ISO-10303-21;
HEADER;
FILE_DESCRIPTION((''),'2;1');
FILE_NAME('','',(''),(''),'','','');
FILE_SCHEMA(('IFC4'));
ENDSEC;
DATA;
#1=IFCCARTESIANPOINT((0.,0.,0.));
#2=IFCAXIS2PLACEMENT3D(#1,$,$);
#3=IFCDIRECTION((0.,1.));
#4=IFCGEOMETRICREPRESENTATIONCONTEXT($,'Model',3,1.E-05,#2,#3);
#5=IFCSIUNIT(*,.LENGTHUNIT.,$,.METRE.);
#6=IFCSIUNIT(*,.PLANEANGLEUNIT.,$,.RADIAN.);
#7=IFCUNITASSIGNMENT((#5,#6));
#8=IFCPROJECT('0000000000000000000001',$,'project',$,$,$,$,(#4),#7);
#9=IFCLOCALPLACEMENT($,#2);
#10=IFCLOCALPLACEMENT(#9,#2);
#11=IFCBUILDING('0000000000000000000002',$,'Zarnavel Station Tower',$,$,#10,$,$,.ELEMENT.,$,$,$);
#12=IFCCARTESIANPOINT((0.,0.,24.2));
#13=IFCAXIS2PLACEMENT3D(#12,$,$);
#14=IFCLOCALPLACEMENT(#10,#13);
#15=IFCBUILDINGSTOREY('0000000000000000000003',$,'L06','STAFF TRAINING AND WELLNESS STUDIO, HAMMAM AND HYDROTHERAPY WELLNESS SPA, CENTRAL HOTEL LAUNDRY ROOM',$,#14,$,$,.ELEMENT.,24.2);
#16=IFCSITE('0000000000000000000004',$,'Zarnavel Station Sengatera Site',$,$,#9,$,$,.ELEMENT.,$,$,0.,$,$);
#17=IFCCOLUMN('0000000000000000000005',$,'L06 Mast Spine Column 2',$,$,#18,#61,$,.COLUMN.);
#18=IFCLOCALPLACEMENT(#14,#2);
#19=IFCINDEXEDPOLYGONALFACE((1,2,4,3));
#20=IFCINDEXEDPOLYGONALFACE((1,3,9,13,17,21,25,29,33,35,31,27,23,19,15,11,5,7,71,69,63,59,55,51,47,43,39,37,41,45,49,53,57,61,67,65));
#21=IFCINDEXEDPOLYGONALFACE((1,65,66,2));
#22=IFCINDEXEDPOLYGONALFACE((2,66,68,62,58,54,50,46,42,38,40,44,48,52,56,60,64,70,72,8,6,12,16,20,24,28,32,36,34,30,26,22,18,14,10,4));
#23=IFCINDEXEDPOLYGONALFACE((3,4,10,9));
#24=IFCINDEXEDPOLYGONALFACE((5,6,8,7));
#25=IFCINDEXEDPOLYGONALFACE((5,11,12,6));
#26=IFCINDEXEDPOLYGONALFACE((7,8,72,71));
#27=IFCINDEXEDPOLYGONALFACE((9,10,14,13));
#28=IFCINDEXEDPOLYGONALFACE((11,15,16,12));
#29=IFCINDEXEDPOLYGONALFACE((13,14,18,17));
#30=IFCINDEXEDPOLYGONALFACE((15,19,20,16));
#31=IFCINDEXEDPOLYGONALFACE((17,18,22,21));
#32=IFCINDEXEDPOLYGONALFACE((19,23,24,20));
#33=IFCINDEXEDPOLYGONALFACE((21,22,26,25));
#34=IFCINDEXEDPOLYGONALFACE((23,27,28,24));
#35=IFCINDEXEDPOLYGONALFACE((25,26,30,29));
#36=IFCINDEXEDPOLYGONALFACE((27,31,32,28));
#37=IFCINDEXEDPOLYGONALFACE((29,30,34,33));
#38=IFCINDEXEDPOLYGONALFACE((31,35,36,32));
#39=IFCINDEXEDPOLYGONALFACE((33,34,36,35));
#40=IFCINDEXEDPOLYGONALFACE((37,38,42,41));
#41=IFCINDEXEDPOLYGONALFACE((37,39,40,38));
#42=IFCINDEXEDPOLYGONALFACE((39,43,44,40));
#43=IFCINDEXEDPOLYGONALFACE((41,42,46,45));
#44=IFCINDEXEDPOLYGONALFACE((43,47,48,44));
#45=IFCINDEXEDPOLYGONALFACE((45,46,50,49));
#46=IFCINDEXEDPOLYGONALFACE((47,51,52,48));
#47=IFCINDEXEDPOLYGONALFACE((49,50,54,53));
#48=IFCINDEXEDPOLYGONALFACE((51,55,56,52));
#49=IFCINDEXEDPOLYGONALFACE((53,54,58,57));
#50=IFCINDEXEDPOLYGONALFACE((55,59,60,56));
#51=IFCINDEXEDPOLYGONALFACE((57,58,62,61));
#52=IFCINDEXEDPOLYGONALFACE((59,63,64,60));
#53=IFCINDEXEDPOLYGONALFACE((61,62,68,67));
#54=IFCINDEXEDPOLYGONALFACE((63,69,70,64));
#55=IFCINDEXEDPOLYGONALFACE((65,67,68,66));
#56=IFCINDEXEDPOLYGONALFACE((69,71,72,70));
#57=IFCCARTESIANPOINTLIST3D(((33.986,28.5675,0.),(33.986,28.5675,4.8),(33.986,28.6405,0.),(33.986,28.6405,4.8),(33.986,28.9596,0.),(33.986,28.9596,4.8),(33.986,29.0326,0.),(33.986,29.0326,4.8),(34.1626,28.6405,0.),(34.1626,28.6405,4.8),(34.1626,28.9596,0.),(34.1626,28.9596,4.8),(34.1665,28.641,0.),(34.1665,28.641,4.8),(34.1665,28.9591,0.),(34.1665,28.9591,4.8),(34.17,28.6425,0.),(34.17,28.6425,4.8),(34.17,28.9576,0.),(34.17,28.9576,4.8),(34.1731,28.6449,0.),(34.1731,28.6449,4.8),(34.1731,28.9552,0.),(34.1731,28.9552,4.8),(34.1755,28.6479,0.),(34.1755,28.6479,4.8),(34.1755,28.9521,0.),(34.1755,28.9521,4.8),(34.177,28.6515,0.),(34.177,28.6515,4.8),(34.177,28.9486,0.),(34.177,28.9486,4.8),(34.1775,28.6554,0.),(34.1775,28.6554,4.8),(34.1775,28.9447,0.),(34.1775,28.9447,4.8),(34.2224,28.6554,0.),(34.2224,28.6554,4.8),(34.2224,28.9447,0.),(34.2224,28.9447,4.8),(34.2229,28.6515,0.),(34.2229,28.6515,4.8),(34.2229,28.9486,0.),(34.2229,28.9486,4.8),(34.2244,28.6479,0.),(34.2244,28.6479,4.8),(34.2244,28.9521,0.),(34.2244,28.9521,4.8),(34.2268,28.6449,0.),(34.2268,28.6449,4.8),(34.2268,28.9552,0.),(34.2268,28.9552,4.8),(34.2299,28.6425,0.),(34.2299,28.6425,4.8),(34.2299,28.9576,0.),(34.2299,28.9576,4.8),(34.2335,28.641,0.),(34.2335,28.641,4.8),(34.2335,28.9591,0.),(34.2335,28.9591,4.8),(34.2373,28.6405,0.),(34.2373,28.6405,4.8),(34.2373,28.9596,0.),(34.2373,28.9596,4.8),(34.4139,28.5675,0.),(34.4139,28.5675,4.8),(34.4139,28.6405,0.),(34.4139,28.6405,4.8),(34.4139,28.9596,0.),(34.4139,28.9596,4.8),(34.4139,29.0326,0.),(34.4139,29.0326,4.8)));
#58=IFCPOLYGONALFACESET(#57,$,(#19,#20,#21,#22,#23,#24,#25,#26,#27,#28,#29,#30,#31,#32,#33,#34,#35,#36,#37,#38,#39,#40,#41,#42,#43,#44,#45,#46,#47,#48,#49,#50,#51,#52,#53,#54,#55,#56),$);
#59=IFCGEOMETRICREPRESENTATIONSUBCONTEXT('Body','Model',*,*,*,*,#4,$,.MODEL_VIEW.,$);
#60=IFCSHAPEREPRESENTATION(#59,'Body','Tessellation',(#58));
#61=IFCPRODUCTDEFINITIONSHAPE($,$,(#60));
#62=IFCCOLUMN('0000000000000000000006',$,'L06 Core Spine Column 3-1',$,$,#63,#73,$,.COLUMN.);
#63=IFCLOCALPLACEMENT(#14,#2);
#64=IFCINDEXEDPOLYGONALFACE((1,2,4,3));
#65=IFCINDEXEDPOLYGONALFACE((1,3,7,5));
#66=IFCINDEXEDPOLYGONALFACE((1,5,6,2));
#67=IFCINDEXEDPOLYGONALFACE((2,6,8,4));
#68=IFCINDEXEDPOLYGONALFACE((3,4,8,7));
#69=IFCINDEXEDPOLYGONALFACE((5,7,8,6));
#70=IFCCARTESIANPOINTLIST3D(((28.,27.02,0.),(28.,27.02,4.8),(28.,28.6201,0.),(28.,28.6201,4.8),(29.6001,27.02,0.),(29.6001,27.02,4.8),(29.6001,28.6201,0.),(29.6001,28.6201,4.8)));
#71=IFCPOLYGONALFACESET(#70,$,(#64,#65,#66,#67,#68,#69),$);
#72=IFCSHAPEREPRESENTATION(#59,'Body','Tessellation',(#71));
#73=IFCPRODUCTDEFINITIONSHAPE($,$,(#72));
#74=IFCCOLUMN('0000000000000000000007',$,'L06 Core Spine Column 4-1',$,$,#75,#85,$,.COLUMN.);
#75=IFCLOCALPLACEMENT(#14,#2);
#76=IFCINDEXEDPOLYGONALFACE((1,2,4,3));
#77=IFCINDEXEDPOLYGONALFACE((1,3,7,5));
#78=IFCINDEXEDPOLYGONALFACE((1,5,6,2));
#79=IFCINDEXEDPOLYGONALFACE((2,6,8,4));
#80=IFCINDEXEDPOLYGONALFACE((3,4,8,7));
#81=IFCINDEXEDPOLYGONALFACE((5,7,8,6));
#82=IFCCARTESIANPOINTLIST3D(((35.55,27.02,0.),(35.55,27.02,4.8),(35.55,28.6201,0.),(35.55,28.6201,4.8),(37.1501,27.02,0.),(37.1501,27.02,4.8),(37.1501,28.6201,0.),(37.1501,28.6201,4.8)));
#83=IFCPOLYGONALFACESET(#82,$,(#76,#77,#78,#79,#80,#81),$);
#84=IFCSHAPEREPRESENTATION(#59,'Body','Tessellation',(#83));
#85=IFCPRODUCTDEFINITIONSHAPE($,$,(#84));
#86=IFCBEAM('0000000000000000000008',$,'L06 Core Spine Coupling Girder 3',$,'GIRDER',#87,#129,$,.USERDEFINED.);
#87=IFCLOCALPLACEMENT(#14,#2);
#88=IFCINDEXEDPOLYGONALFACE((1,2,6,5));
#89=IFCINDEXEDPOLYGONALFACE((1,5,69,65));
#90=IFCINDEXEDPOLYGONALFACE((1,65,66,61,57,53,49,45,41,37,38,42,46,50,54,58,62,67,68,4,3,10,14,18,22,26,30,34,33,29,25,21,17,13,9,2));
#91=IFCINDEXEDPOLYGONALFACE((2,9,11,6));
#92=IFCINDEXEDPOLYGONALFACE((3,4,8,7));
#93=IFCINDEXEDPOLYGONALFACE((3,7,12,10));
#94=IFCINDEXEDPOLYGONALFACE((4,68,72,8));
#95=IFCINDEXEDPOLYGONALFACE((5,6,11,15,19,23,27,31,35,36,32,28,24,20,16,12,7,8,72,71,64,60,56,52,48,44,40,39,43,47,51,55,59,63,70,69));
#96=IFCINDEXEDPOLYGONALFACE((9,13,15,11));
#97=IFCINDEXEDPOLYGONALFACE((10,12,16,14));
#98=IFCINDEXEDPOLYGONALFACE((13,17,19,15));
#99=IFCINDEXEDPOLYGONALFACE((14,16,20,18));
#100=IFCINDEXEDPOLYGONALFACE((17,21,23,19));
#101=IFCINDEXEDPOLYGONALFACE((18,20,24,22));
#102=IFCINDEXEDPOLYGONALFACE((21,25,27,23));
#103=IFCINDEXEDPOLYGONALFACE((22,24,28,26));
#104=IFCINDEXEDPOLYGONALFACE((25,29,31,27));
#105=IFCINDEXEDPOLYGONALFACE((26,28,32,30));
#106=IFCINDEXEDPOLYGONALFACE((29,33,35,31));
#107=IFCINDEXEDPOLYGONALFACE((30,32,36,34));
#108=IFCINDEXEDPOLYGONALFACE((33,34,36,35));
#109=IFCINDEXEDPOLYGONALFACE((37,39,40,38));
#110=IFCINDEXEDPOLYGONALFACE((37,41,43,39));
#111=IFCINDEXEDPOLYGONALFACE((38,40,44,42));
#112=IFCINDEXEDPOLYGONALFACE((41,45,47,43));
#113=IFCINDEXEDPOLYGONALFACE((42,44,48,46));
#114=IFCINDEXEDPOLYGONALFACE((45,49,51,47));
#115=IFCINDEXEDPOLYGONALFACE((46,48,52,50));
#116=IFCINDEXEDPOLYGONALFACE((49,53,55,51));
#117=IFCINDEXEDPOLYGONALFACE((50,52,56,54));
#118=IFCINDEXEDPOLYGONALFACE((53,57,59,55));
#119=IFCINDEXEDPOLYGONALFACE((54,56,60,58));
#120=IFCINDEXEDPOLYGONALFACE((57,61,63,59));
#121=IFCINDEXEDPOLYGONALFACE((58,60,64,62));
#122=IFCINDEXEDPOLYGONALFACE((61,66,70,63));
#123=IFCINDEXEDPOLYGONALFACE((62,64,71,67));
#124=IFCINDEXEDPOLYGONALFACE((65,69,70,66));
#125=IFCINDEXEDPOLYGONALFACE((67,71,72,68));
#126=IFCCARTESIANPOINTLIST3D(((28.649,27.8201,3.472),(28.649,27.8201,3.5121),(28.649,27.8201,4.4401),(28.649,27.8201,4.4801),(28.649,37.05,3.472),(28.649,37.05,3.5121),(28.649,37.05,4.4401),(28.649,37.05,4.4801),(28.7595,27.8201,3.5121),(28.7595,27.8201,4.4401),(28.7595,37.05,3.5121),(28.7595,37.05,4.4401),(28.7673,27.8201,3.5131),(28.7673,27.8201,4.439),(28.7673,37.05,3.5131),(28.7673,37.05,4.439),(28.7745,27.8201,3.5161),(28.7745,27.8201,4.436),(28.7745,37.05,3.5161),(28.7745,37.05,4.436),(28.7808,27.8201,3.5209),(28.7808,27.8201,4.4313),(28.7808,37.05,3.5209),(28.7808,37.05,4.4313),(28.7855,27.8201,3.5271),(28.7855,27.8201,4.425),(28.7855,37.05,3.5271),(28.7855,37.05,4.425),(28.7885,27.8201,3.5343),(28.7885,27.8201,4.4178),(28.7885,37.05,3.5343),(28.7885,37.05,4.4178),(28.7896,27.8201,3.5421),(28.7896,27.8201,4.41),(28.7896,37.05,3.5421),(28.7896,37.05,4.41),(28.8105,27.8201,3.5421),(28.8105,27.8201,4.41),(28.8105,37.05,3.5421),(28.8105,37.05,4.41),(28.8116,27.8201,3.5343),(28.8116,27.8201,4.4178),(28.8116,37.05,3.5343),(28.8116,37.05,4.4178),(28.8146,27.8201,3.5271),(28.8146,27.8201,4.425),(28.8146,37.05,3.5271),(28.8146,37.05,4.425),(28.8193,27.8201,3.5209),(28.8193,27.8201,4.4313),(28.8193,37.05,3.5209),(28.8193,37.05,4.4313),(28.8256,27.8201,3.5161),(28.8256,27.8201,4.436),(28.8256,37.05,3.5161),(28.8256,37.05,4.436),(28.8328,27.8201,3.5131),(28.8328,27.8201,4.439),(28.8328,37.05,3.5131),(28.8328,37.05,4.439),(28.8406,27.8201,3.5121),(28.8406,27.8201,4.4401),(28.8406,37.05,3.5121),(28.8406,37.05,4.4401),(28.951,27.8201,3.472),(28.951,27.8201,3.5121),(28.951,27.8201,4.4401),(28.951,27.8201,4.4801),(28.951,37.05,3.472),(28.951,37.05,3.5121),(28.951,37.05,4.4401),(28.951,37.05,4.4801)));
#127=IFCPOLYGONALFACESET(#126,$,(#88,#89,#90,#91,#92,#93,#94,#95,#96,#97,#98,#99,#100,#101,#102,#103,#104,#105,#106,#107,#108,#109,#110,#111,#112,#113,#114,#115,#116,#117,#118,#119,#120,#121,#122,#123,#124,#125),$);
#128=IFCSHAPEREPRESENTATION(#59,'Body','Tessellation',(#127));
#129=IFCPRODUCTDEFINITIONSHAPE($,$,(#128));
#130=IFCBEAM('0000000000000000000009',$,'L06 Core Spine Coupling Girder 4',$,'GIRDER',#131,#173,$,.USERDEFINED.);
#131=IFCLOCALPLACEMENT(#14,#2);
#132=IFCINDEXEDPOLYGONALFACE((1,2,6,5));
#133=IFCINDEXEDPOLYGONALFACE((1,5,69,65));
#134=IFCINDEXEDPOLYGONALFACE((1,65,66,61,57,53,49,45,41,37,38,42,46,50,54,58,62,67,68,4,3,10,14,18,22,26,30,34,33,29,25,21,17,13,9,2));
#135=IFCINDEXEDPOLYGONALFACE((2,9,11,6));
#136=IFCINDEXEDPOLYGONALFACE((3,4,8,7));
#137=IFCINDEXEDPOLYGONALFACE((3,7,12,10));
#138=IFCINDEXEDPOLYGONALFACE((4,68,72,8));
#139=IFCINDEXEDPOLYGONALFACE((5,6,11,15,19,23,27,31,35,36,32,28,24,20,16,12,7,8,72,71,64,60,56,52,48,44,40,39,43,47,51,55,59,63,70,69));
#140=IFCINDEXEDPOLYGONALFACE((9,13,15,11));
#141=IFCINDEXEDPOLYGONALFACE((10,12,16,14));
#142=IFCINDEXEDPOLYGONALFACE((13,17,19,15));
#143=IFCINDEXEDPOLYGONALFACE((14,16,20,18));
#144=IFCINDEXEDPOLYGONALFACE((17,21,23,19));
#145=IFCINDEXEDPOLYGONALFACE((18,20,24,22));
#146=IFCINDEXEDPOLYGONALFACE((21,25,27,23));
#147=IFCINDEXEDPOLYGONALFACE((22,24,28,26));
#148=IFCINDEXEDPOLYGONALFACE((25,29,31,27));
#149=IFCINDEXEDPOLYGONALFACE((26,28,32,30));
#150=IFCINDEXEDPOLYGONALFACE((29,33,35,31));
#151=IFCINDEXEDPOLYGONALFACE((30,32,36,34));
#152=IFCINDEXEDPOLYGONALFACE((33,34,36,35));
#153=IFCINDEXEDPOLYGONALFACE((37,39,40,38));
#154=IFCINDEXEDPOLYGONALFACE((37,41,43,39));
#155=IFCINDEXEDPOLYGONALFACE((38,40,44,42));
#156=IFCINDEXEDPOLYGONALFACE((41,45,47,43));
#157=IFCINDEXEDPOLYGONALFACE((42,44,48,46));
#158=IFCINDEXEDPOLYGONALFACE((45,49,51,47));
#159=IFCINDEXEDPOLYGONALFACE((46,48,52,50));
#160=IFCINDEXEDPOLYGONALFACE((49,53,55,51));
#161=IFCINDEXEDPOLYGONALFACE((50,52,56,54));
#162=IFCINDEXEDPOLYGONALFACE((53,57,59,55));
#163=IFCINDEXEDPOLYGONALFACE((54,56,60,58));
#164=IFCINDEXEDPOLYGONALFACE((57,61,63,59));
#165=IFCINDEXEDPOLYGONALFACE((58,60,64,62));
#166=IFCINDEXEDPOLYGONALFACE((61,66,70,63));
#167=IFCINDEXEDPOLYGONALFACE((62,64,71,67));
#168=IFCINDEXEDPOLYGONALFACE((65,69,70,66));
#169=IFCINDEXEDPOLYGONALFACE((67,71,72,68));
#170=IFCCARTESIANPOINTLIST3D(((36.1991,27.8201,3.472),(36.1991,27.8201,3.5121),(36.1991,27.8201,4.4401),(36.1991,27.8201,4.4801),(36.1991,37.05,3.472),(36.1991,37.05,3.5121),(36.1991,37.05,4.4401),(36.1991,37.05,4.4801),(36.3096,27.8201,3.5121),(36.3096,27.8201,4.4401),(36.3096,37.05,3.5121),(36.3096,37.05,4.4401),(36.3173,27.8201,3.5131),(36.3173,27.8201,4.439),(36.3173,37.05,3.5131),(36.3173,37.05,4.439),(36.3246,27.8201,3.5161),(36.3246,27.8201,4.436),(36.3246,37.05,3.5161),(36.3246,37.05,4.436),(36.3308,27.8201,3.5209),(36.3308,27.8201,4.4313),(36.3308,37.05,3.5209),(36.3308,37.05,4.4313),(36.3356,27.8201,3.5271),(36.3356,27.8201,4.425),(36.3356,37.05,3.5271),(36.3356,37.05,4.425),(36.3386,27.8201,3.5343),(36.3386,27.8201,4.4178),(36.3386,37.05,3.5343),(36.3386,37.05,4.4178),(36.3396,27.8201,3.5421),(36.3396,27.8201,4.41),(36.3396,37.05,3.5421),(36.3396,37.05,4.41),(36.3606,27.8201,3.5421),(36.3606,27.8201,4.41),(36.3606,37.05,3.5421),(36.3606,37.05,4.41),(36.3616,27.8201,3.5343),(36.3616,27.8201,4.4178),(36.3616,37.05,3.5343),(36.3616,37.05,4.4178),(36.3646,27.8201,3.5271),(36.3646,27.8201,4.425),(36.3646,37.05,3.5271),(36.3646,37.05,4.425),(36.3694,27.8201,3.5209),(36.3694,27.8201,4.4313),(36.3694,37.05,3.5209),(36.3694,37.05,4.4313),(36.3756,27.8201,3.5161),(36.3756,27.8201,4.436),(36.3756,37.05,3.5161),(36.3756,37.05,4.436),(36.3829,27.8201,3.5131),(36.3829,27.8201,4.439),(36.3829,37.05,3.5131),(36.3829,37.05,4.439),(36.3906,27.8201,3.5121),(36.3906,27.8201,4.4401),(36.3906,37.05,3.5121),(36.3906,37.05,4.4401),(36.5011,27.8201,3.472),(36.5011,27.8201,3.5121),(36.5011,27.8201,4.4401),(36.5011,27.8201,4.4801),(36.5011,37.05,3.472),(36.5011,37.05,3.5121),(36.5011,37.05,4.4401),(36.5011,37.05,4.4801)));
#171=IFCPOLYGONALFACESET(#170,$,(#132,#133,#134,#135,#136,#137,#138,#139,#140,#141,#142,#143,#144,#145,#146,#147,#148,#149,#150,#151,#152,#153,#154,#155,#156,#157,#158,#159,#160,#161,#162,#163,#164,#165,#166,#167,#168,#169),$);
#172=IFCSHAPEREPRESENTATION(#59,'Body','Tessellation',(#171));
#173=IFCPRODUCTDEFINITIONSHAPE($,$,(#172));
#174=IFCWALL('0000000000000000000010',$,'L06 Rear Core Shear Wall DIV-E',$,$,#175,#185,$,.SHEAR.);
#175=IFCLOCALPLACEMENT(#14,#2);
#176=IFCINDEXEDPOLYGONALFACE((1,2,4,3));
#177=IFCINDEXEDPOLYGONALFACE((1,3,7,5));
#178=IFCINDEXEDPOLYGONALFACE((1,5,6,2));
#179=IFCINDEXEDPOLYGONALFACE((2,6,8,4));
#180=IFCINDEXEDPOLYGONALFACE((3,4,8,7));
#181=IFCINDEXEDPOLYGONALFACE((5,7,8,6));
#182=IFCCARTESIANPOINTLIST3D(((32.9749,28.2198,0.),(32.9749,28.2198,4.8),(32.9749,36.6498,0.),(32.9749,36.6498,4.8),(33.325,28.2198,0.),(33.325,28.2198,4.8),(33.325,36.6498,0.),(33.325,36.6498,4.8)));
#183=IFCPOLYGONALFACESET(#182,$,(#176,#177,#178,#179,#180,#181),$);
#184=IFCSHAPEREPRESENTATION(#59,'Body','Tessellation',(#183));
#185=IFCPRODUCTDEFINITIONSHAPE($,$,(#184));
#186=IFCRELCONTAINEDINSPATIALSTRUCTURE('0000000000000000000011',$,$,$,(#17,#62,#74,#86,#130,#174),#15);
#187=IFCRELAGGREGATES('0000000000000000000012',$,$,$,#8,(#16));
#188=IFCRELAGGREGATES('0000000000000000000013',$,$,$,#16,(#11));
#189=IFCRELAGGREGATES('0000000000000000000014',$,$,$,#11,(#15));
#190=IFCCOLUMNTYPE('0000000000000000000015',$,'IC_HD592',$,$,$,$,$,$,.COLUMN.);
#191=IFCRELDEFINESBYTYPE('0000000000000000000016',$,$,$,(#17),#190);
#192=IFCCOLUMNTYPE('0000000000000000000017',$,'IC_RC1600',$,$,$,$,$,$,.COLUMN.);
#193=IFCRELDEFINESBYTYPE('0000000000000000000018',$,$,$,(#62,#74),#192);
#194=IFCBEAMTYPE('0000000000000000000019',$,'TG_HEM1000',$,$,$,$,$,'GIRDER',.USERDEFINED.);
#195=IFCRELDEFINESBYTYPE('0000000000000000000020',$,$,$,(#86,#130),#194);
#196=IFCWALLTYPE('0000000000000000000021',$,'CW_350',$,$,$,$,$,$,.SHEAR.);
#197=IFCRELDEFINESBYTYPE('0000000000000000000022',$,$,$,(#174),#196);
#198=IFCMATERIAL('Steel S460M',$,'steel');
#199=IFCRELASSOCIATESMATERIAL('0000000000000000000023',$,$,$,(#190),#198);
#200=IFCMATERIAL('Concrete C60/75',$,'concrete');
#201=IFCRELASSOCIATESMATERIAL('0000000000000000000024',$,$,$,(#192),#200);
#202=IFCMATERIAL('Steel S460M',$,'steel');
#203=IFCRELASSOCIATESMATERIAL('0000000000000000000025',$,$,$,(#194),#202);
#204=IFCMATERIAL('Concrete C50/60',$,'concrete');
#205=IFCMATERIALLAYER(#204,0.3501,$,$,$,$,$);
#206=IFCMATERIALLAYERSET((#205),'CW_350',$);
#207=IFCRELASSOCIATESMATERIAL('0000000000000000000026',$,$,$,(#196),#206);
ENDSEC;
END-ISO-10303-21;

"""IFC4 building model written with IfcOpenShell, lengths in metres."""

from ifc_helpers import new_model, si_unit, direction, frame, frame_2d, origin, origin_2d, place, context, subcontext, project, spatial, rectangle, i_section, extrude, material, layer, layer_set, material_profile, profile_set, type_object, element, save


model = new_model("IFC4")

# Units and contexts
model_context = context("Model", 3, precision=1e-05, world=origin(), true_north=direction((0.0, 1.0)))
body_context = subcontext(model_context, "Body", "Model", "MODEL_VIEW")
ifc_project = project(units=[si_unit("LENGTHUNIT", "METRE"), si_unit("PLANEANGLEUNIT", "RADIAN")], contexts=[model_context])

# Site, building, storey
site_placement = place(None, origin())
site = spatial("IfcSite", under=ifc_project, at=site_placement, Name="Zarnavel Station Sengatera Site", CompositionType="ELEMENT", RefElevation=0.0)
building_placement = place(site_placement, origin())
building = spatial("IfcBuilding", under=site, at=building_placement, Name="Zarnavel Station Tower", CompositionType="ELEMENT")
storey_placement = place(building_placement, frame((0.0, 0.0, 24.2)))
storey = spatial("IfcBuildingStorey", under=building, at=storey_placement, Name="L06", Description="STAFF TRAINING AND WELLNESS STUDIO, HAMMAM AND HYDROTHERAPY WELLNESS SPA, CENTRAL HOTEL LAUNDRY ROOM", CompositionType="ELEMENT", Elevation=24.2)

# Columns
ifc_material_1 = material(Name="Steel S460M", Category="steel")
ifc_material_profile_1 = material_profile(ifc_material_1, i_section(OverallWidth=0.428, OverallDepth=0.4651, WebThickness=0.0449, FlangeThickness=0.073, FilletRadius=0.0149, at=origin_2d()), Name="HD400x592")
ifc_profile_set_1 = profile_set([ifc_material_profile_1], Name="Steel S460M")
column_type_1 = type_object("IfcColumnType", Name="IC_HD592", PredefinedType="COLUMN", material=ifc_profile_set_1)
column_placement = place(storey_placement, frame((34.2, 28.8, 0.0), z_axis=(0.0, 0.0, 1.0), x_axis=(1.0, 0.0, 0.0)))
element("IfcColumn", 1, at=column_placement, inside=storey, type_object=column_type_1, Name="L06 Mast Spine Column 2", PredefinedType="COLUMN", context=body_context, shape_type="SweptSolid", body=[
    extrude(i_section(OverallWidth=0.428, OverallDepth=0.4651, WebThickness=0.0449, FlangeThickness=0.073, FilletRadius=0.0149, at=origin_2d()), origin(), (0.0, 0.0, 1.0), 4.8),
])
ifc_material_2 = material(Name="Concrete C60/75", Category="concrete")
ifc_material_profile_2 = material_profile(ifc_material_2, rectangle(XDim=1.6001, YDim=1.6001, at=origin_2d()), Name="RC1600x1600")
ifc_profile_set_2 = profile_set([ifc_material_profile_2], Name="Concrete C60/75")
column_type_2 = type_object("IfcColumnType", Name="IC_RC1600", PredefinedType="COLUMN", material=ifc_profile_set_2)
for number, where, z_axis, x_axis, name in (
    (2, (28.8, 27.8201, 0.0), (0.0, 0.0, 1.0), (1.0, 0.0, 0.0), "L06 Core Spine Column 3-1"),
    (3, (36.3501, 27.8201, 0.0), (0.0, 0.0, 1.0), (1.0, 0.0, 0.0), "L06 Core Spine Column 4-1"),
):
    element("IfcColumn", number, at=place(storey_placement, frame(where, z_axis=z_axis, x_axis=x_axis)), inside=storey, type_object=column_type_2, Name=name, PredefinedType="COLUMN", context=body_context, shape_type="SweptSolid", body=[
        extrude(rectangle(XDim=1.6001, YDim=1.6001, at=origin_2d()), origin(), (0.0, 0.0, 1.0), 4.8),
    ])

# Beams
ifc_material_3 = material(Name="Steel S460M", Category="steel")
ifc_material_profile_3 = material_profile(ifc_material_3, i_section(OverallWidth=0.302, OverallDepth=1.0081, WebThickness=0.021, FlangeThickness=0.04, FilletRadius=0.03, at=origin_2d()), Name="HEM1000")
ifc_profile_set_3 = profile_set([ifc_material_profile_3], Name="Steel S460M")
beam_type = type_object("IfcBeamType", Name="TG_HEM1000", ElementType="GIRDER", PredefinedType="USERDEFINED", material=ifc_profile_set_3)
for number, where, z_axis, x_axis, name in (
    (4, (28.8, 27.8201, 3.9761), (0.0, 1.0, 0.0), (-1.0, 0.0, 0.0), "L06 Core Spine Coupling Girder 3"),
    (5, (36.3501, 27.8201, 3.9761), (0.0, 1.0, 0.0), (-1.0, 0.0, 0.0), "L06 Core Spine Coupling Girder 4"),
):
    element("IfcBeam", number, at=place(storey_placement, frame(where, z_axis=z_axis, x_axis=x_axis)), inside=storey, type_object=beam_type, Name=name, ObjectType="GIRDER", PredefinedType="USERDEFINED", context=body_context, shape_type="SweptSolid", body=[
        extrude(i_section(OverallWidth=0.302, OverallDepth=1.0081, WebThickness=0.021, FlangeThickness=0.04, FilletRadius=0.03, at=origin_2d()), origin(), (0.0, 0.0, 1.0), 9.23),
    ])

# Wall
ifc_material_4 = material(Name="Concrete C50/60", Category="concrete")
ifc_layer_1 = layer(ifc_material_4, 0.3501)
ifc_layer_set_1 = layer_set([ifc_layer_1], Name="CW_350")
wall_type_1 = type_object("IfcWallType", Name="CW_350", PredefinedType="SHEAR", material=ifc_layer_set_1)
wall_1_placement = place(storey_placement, frame((33.1499, 28.22, 0.0), z_axis=(0.0, 0.0, 1.0), x_axis=(0.0, 1.0, 0.0)))
element("IfcWall", 6, at=wall_1_placement, inside=storey, type_object=wall_type_1, Name="L06 Rear Core Shear Wall DIV-E", PredefinedType="SHEAR", context=body_context, shape_type="SweptSolid", body=[
    extrude(rectangle(XDim=8.4299, YDim=0.3501, at=frame_2d((4.2148, 0.0))), origin(), (0.0, 0.0, 1.0), 4.8),
])

save(model, "model.ifc")
